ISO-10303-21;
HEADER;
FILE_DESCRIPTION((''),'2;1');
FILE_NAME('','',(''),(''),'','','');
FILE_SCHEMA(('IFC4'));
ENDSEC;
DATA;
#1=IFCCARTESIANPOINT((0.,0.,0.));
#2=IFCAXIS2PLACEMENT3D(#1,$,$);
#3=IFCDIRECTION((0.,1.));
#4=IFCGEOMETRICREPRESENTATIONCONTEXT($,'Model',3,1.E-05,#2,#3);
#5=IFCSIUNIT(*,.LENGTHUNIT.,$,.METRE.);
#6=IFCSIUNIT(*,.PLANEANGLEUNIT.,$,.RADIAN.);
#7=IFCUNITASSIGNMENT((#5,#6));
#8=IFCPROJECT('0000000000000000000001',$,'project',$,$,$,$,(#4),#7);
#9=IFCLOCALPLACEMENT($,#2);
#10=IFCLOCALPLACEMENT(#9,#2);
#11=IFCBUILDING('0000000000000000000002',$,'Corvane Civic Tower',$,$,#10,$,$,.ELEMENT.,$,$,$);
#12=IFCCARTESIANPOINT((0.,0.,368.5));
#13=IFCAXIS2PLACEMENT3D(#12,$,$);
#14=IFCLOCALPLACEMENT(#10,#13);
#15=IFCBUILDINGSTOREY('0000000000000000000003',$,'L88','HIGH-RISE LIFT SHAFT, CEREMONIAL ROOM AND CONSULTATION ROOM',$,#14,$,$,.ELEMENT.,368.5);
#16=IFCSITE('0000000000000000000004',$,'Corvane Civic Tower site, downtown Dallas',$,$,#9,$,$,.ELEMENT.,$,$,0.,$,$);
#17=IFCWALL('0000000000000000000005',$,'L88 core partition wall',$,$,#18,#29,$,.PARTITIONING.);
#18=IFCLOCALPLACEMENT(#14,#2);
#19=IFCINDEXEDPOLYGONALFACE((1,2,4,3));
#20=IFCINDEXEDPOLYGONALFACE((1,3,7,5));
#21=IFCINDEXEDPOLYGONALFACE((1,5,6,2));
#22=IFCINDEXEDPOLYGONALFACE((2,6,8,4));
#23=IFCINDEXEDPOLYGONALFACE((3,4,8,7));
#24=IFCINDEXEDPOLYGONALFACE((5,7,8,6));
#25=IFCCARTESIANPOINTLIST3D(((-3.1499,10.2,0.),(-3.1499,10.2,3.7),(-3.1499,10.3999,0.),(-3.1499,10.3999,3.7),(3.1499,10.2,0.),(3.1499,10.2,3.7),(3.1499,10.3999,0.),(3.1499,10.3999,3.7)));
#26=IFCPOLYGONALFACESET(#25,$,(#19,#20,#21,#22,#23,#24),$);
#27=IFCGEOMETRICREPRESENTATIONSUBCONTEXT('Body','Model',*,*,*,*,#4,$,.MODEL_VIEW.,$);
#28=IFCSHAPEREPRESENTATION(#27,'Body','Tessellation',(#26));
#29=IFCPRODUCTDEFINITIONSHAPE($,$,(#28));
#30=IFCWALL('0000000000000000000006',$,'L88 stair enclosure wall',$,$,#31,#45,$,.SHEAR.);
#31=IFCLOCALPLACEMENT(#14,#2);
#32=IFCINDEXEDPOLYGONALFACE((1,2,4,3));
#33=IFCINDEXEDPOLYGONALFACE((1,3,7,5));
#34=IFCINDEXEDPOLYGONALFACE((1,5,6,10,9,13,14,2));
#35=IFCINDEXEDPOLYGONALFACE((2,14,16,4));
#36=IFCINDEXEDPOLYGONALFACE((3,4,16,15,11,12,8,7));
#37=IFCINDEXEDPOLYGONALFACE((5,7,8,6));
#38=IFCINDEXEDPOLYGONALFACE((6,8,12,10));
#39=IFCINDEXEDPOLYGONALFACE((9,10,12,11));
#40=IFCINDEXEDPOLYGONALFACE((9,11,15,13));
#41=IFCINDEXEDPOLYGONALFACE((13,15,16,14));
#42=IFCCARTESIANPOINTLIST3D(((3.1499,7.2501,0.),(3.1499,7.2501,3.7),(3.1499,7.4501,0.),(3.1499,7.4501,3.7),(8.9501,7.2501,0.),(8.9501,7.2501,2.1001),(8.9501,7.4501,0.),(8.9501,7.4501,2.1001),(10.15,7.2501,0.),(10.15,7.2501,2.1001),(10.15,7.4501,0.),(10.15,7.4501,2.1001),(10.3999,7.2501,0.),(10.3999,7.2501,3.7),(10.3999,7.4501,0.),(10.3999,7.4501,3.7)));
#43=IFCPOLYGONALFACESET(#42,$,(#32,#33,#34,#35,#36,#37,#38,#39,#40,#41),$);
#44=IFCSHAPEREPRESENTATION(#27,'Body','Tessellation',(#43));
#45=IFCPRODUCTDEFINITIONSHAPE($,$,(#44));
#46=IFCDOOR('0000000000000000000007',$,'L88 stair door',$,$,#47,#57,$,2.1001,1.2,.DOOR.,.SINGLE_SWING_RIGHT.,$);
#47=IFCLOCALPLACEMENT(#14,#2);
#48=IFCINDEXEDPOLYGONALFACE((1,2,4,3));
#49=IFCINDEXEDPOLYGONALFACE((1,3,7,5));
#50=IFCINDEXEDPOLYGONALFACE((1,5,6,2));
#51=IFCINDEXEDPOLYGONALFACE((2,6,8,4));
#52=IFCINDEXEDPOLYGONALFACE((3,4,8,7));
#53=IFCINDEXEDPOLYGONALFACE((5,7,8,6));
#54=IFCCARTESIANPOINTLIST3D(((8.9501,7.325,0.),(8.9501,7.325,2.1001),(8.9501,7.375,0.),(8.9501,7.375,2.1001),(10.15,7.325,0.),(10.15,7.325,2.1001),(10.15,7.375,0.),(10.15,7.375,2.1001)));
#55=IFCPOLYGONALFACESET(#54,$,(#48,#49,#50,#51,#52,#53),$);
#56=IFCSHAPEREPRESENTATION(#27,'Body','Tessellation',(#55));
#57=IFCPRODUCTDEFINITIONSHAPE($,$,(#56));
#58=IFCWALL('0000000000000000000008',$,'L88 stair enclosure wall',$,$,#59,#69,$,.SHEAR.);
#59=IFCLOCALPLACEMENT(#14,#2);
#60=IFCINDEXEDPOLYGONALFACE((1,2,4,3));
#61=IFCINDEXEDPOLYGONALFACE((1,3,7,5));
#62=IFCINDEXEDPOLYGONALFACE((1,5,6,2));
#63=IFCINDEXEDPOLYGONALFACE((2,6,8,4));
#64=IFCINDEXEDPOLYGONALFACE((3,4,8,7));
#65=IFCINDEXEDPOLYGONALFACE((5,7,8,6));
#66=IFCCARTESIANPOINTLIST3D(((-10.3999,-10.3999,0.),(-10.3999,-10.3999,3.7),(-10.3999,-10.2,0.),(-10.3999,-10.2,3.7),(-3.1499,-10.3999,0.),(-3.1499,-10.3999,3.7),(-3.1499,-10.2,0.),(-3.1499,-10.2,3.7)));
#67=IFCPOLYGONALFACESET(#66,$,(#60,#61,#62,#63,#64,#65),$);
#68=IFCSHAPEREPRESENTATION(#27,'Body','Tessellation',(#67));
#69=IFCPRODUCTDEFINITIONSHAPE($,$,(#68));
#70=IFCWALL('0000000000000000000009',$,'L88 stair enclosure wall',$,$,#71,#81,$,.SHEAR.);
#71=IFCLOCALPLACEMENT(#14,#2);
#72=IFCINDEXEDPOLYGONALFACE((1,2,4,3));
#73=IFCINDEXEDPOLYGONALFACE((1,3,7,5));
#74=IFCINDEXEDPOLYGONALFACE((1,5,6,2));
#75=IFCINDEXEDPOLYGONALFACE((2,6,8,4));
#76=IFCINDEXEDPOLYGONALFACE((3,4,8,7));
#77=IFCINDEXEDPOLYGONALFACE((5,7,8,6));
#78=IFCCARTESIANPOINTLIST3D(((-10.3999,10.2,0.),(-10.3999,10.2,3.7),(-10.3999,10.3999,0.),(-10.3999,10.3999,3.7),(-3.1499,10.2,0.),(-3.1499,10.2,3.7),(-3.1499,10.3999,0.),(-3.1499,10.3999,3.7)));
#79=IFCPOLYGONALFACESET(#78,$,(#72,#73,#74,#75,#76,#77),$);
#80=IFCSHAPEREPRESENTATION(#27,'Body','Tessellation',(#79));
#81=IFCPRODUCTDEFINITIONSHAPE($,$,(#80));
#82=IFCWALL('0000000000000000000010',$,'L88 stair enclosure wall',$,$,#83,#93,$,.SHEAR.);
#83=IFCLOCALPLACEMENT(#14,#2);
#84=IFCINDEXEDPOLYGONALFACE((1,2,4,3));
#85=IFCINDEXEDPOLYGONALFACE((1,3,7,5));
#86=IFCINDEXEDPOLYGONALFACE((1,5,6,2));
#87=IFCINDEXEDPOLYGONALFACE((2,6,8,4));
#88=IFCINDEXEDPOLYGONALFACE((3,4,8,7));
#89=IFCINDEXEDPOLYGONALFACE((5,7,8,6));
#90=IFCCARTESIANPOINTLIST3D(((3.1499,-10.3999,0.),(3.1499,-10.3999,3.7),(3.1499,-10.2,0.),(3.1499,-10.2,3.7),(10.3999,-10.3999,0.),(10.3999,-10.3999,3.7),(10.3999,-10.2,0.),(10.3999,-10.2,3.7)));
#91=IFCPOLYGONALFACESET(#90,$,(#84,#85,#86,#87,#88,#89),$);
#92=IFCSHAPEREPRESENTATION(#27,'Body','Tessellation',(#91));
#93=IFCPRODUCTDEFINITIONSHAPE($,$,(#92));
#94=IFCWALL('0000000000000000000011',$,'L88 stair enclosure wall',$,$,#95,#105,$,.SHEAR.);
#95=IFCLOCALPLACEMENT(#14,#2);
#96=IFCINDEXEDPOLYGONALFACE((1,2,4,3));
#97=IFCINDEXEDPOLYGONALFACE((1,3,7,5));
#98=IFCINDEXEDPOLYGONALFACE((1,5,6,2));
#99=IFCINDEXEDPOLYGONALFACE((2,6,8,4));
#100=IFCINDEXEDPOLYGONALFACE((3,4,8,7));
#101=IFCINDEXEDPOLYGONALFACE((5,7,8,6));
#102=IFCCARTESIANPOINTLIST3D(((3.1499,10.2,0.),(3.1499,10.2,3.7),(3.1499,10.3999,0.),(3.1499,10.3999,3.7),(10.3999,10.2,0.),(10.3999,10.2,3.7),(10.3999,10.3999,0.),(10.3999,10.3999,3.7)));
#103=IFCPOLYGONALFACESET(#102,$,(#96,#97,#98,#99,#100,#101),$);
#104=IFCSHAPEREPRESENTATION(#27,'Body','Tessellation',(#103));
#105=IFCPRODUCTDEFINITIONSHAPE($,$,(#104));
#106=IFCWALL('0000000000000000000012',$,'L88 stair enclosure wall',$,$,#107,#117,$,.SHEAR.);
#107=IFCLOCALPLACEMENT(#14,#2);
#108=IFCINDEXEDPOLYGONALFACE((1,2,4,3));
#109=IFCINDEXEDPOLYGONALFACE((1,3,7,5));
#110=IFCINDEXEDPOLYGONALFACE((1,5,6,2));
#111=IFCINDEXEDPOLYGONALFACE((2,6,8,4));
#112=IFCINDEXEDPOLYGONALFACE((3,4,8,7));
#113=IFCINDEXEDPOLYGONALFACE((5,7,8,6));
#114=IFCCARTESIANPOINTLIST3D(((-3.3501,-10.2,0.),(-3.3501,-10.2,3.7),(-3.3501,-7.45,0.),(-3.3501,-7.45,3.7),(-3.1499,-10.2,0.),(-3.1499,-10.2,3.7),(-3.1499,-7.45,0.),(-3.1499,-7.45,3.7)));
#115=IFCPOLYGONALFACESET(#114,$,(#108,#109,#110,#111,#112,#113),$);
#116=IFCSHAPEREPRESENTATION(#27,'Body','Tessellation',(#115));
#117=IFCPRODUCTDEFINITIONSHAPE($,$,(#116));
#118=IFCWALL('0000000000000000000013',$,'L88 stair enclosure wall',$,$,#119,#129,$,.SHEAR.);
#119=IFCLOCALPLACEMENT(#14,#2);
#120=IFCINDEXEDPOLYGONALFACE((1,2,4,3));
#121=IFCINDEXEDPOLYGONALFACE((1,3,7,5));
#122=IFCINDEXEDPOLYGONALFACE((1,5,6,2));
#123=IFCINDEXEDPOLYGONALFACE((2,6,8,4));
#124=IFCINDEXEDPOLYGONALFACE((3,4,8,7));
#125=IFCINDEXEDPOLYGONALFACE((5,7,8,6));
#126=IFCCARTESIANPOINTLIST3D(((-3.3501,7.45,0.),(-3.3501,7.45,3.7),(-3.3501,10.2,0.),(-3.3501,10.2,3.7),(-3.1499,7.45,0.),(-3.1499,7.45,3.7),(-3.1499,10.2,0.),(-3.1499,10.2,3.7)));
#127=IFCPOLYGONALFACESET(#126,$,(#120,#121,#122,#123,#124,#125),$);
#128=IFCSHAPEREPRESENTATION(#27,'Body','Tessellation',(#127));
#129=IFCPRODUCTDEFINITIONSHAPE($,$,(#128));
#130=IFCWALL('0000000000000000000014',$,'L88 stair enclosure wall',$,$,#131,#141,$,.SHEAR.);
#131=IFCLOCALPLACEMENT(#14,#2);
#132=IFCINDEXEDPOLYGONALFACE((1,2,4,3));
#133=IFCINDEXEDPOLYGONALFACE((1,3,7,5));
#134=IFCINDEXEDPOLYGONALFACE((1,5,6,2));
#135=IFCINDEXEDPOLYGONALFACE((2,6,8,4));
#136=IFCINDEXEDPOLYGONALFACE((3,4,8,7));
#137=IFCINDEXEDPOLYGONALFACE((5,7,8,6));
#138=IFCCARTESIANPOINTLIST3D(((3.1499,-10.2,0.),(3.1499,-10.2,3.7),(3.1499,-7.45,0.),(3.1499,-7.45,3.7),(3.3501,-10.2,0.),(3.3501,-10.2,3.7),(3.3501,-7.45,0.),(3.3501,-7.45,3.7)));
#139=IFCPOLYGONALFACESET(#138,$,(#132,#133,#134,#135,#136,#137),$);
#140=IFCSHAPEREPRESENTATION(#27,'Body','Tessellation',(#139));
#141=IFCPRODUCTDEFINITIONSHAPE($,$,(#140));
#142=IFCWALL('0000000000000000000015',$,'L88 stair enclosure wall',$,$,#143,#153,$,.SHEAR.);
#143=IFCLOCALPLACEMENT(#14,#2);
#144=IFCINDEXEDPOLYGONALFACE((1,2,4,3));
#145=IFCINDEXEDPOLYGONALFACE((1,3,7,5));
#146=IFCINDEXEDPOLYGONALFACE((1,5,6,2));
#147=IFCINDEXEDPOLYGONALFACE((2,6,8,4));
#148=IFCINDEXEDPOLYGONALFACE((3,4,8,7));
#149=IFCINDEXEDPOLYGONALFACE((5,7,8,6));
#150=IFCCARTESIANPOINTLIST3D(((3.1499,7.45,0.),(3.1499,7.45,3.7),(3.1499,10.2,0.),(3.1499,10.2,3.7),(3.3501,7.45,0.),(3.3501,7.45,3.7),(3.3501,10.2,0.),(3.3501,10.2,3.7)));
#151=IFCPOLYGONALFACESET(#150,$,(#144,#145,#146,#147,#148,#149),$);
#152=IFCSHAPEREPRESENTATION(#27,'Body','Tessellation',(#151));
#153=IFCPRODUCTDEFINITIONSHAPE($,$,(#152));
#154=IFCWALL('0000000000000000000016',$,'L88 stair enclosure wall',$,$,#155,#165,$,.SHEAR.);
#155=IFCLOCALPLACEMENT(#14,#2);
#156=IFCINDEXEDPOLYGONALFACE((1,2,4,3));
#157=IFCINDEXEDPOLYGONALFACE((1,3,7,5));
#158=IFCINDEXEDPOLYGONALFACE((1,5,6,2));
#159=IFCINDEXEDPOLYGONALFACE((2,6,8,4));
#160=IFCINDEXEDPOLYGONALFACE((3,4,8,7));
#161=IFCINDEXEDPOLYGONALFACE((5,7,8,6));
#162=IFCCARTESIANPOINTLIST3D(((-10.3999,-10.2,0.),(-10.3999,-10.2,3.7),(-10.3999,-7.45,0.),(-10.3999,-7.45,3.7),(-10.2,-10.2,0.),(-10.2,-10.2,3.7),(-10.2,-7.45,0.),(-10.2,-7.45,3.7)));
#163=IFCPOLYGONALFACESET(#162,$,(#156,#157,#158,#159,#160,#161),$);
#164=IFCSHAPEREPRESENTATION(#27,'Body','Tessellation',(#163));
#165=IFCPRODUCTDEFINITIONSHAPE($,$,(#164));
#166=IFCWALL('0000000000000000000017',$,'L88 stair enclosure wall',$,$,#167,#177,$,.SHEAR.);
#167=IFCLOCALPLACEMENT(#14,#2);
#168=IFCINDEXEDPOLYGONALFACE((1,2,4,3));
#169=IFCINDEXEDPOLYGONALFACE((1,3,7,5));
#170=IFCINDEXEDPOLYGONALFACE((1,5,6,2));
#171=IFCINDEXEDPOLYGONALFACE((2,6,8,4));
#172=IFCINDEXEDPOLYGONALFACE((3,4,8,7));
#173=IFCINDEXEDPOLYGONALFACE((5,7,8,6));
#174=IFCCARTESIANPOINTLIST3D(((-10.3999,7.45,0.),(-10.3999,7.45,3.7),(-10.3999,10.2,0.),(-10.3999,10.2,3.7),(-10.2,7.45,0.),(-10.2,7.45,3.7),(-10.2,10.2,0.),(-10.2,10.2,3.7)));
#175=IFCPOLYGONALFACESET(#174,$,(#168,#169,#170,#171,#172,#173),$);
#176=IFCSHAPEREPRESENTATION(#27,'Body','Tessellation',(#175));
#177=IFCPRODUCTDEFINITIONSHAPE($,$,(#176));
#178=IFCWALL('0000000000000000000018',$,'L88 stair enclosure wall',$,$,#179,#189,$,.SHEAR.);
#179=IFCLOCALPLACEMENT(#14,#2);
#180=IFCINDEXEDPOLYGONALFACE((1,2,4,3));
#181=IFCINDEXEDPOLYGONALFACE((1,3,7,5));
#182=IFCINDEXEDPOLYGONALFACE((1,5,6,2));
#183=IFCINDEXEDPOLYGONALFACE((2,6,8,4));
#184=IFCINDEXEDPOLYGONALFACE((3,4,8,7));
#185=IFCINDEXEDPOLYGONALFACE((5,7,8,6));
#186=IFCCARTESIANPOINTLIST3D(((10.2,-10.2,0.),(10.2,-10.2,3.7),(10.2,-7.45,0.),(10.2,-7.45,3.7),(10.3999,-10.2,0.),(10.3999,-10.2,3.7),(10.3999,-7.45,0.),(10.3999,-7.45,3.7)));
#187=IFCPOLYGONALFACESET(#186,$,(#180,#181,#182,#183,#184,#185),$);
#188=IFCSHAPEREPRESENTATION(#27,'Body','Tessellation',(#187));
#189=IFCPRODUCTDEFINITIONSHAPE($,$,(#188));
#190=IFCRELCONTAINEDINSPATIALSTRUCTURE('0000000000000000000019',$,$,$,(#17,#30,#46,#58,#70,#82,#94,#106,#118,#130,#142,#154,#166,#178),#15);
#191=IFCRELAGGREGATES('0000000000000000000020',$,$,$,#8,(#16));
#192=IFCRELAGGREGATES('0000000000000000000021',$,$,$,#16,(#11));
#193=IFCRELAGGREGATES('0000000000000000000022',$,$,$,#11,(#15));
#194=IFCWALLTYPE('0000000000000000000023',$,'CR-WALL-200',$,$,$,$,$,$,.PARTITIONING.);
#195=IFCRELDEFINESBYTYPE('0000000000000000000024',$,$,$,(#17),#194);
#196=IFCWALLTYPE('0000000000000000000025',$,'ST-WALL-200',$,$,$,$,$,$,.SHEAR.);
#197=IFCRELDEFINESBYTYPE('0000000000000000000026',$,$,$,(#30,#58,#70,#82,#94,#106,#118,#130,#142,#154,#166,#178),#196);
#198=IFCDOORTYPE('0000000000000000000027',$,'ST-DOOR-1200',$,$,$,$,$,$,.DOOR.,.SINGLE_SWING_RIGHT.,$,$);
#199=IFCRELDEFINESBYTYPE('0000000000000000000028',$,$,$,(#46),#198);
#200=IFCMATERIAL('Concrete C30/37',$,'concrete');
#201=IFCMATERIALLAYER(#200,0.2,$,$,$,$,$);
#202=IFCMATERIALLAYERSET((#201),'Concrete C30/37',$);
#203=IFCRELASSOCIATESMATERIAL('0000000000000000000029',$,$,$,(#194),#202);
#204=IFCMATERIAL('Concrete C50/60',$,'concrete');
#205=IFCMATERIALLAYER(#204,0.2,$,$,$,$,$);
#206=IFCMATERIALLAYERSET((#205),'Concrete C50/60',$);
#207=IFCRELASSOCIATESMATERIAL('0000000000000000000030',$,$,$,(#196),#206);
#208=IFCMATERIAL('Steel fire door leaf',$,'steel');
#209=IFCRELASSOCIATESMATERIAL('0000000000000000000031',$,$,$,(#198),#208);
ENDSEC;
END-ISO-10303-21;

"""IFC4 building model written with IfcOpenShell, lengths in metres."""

from ifc_helpers import new_model, si_unit, direction, frame, frame_2d, origin, place, context, subcontext, project, spatial, polyline, rectangle, outline, extrude, material, layer, layer_set, type_object, element, fill, save


model = new_model("IFC4")

# Units and contexts
model_context = context("Model", 3, precision=1e-05, world=origin(), true_north=direction((0.0, 1.0)))
body_context = subcontext(model_context, "Body", "Model", "MODEL_VIEW")
ifc_project = project(units=[si_unit("LENGTHUNIT", "METRE"), si_unit("PLANEANGLEUNIT", "RADIAN")], contexts=[model_context])

# Site, building, storey
site_placement = place(None, origin())
site = spatial("IfcSite", under=ifc_project, at=site_placement, Name="Corvane Civic Tower site, downtown Dallas", CompositionType="ELEMENT", RefElevation=0.0)
building_placement = place(site_placement, origin())
building = spatial("IfcBuilding", under=site, at=building_placement, Name="Corvane Civic Tower", CompositionType="ELEMENT")
storey_placement = place(building_placement, frame((0.0, 0.0, 368.5)))
storey = spatial("IfcBuildingStorey", under=building, at=storey_placement, Name="L88", Description="HIGH-RISE LIFT SHAFT, CEREMONIAL ROOM AND CONSULTATION ROOM", CompositionType="ELEMENT", Elevation=368.5)

# Wall
ifc_material_1 = material(Name="Concrete C30/37", Category="concrete")
ifc_layer_1 = layer(ifc_material_1, 0.2)
ifc_layer_set_1 = layer_set([ifc_layer_1], Name="Concrete C30/37")
wall_type_1 = type_object("IfcWallType", Name="CR-WALL-200", PredefinedType="PARTITIONING", material=ifc_layer_set_1)
wall_1_placement = place(storey_placement, origin())
element("IfcWall", 1, at=wall_1_placement, inside=storey, type_object=wall_type_1, Name="L88 core partition wall", PredefinedType="PARTITIONING", context=body_context, shape_type="SweptSolid", body=[
    extrude(outline(polyline([(3.1499, 10.2), (-3.1499, 10.2), (-3.1499, 10.3999), (3.1499, 10.3999), (3.1499, 10.2)])), origin(), (0.0, 0.0, 1.0), 3.7),
])

# Wall, opening, door
ifc_material_2 = material(Name="Concrete C50/60", Category="concrete")
ifc_layer_2 = layer(ifc_material_2, 0.2)
ifc_layer_set_2 = layer_set([ifc_layer_2], Name="Concrete C50/60")
wall_type_2 = type_object("IfcWallType", Name="ST-WALL-200", PredefinedType="SHEAR", material=ifc_layer_set_2)
wall_2_placement = place(storey_placement, frame((3.1499, 7.3501, 0.0), z_axis=(0.0, 0.0, 1.0), x_axis=(1.0, 0.0, 0.0)))
wall_2 = element("IfcWall", 2, at=wall_2_placement, inside=storey, type_object=wall_type_2, Name="L88 stair enclosure wall", PredefinedType="SHEAR", context=body_context, shape_type="SweptSolid", body=[
    extrude(rectangle(XDim=7.25, YDim=0.2, at=frame_2d((3.625, 0.0))), origin(), (0.0, 0.0, 1.0), 3.7),
])
opening_placement = place(wall_2_placement, frame((5.8, 0.0, 0.0)))
opening = element("IfcOpeningElement", 3, at=opening_placement, cuts=wall_2, PredefinedType="OPENING", context=body_context, shape_type="SweptSolid", body=[
    extrude(rectangle(XDim=1.2, YDim=2.1001, at=frame_2d((0.6001, 1.05))), frame((0.0, 0.1099, 0.0), z_axis=(0.0, -1.0, 0.0), x_axis=(1.0, 0.0, 0.0)), (0.0, 0.0, 1.0), 0.22),
])
ifc_material_3 = material(Name="Steel fire door leaf", Category="steel")
door_type = type_object("IfcDoorType", Name="ST-DOOR-1200", OperationType="SINGLE_SWING_RIGHT", PredefinedType="DOOR", material=ifc_material_3)
door_placement = place(opening_placement, origin())
door = element("IfcDoor", 4, at=door_placement, inside=storey, type_object=door_type, Name="L88 stair door", OperationType="SINGLE_SWING_RIGHT", OverallHeight=2.1001, OverallWidth=1.2, PredefinedType="DOOR", context=body_context, shape_type="SweptSolid", body=[
    extrude(rectangle(XDim=1.2, YDim=2.1001, at=frame_2d((0.6001, 1.05))), frame((0.0, 0.0249, 0.0), z_axis=(0.0, -1.0, 0.0), x_axis=(1.0, 0.0, 0.0)), (0.0, 0.0, 1.0), 0.05),
])
fill(opening, door)

# Walls
wall_3_placement = place(storey_placement, origin())
element("IfcWall", 5, at=wall_3_placement, inside=storey, type_object=wall_type_2, Name="L88 stair enclosure wall", PredefinedType="SHEAR", context=body_context, shape_type="SweptSolid", body=[
    extrude(outline(polyline([(-3.1499, -10.2), (-3.1499, -10.3999), (-10.3999, -10.3999), (-10.3999, -10.2), (-3.1499, -10.2)])), origin(), (0.0, 0.0, 1.0), 3.7),
])
wall_4_placement = place(storey_placement, origin())
element("IfcWall", 6, at=wall_4_placement, inside=storey, type_object=wall_type_2, Name="L88 stair enclosure wall", PredefinedType="SHEAR", context=body_context, shape_type="SweptSolid", body=[
    extrude(outline(polyline([(-3.1499, 10.2), (-10.3999, 10.2), (-10.3999, 10.3999), (-3.1499, 10.3999), (-3.1499, 10.2)])), origin(), (0.0, 0.0, 1.0), 3.7),
])
wall_5_placement = place(storey_placement, origin())
element("IfcWall", 7, at=wall_5_placement, inside=storey, type_object=wall_type_2, Name="L88 stair enclosure wall", PredefinedType="SHEAR", context=body_context, shape_type="SweptSolid", body=[
    extrude(outline(polyline([(10.3999, -10.3999), (3.1499, -10.3999), (3.1499, -10.2), (10.3999, -10.2), (10.3999, -10.3999)])), origin(), (0.0, 0.0, 1.0), 3.7),
])
wall_6_placement = place(storey_placement, origin())
element("IfcWall", 8, at=wall_6_placement, inside=storey, type_object=wall_type_2, Name="L88 stair enclosure wall", PredefinedType="SHEAR", context=body_context, shape_type="SweptSolid", body=[
    extrude(outline(polyline([(10.3999, 10.2), (3.1499, 10.2), (3.1499, 10.3999), (10.3999, 10.3999), (10.3999, 10.2)])), origin(), (0.0, 0.0, 1.0), 3.7),
])
wall_7_placement = place(storey_placement, origin())
element("IfcWall", 9, at=wall_7_placement, inside=storey, type_object=wall_type_2, Name="L88 stair enclosure wall", PredefinedType="SHEAR", context=body_context, shape_type="SweptSolid", body=[
    extrude(outline(polyline([(-3.1499, -7.45), (-3.1499, -10.2), (-3.3501, -10.2), (-3.3501, -7.45), (-3.1499, -7.45)])), origin(), (0.0, 0.0, 1.0), 3.7),
])
wall_8_placement = place(storey_placement, origin())
element("IfcWall", 10, at=wall_8_placement, inside=storey, type_object=wall_type_2, Name="L88 stair enclosure wall", PredefinedType="SHEAR", context=body_context, shape_type="SweptSolid", body=[
    extrude(outline(polyline([(-3.1499, 7.45), (-3.3501, 7.45), (-3.3501, 10.2), (-3.1499, 10.2), (-3.1499, 7.45)])), origin(), (0.0, 0.0, 1.0), 3.7),
])
wall_9_placement = place(storey_placement, origin())
element("IfcWall", 11, at=wall_9_placement, inside=storey, type_object=wall_type_2, Name="L88 stair enclosure wall", PredefinedType="SHEAR", context=body_context, shape_type="SweptSolid", body=[
    extrude(outline(polyline([(3.3501, -7.45), (3.3501, -10.2), (3.1499, -10.2), (3.1499, -7.45), (3.3501, -7.45)])), origin(), (0.0, 0.0, 1.0), 3.7),
])
wall_10_placement = place(storey_placement, origin())
element("IfcWall", 12, at=wall_10_placement, inside=storey, type_object=wall_type_2, Name="L88 stair enclosure wall", PredefinedType="SHEAR", context=body_context, shape_type="SweptSolid", body=[
    extrude(outline(polyline([(3.3501, 7.45), (3.1499, 7.45), (3.1499, 10.2), (3.3501, 10.2), (3.3501, 7.45)])), origin(), (0.0, 0.0, 1.0), 3.7),
])
wall_11_placement = place(storey_placement, origin())
element("IfcWall", 13, at=wall_11_placement, inside=storey, type_object=wall_type_2, Name="L88 stair enclosure wall", PredefinedType="SHEAR", context=body_context, shape_type="SweptSolid", body=[
    extrude(outline(polyline([(-10.2, -7.45), (-10.2, -10.2), (-10.3999, -10.2), (-10.3999, -7.45), (-10.2, -7.45)])), origin(), (0.0, 0.0, 1.0), 3.7),
])
wall_12_placement = place(storey_placement, origin())
element("IfcWall", 14, at=wall_12_placement, inside=storey, type_object=wall_type_2, Name="L88 stair enclosure wall", PredefinedType="SHEAR", context=body_context, shape_type="SweptSolid", body=[
    extrude(outline(polyline([(-10.2, 7.45), (-10.3999, 7.45), (-10.3999, 10.2), (-10.2, 10.2), (-10.2, 7.45)])), origin(), (0.0, 0.0, 1.0), 3.7),
])
wall_13_placement = place(storey_placement, origin())
element("IfcWall", 15, at=wall_13_placement, inside=storey, type_object=wall_type_2, Name="L88 stair enclosure wall", PredefinedType="SHEAR", context=body_context, shape_type="SweptSolid", body=[
    extrude(outline(polyline([(10.3999, -7.45), (10.3999, -10.2), (10.2, -10.2), (10.2, -7.45), (10.3999, -7.45)])), origin(), (0.0, 0.0, 1.0), 3.7),
])

save(model, "model.ifc")
